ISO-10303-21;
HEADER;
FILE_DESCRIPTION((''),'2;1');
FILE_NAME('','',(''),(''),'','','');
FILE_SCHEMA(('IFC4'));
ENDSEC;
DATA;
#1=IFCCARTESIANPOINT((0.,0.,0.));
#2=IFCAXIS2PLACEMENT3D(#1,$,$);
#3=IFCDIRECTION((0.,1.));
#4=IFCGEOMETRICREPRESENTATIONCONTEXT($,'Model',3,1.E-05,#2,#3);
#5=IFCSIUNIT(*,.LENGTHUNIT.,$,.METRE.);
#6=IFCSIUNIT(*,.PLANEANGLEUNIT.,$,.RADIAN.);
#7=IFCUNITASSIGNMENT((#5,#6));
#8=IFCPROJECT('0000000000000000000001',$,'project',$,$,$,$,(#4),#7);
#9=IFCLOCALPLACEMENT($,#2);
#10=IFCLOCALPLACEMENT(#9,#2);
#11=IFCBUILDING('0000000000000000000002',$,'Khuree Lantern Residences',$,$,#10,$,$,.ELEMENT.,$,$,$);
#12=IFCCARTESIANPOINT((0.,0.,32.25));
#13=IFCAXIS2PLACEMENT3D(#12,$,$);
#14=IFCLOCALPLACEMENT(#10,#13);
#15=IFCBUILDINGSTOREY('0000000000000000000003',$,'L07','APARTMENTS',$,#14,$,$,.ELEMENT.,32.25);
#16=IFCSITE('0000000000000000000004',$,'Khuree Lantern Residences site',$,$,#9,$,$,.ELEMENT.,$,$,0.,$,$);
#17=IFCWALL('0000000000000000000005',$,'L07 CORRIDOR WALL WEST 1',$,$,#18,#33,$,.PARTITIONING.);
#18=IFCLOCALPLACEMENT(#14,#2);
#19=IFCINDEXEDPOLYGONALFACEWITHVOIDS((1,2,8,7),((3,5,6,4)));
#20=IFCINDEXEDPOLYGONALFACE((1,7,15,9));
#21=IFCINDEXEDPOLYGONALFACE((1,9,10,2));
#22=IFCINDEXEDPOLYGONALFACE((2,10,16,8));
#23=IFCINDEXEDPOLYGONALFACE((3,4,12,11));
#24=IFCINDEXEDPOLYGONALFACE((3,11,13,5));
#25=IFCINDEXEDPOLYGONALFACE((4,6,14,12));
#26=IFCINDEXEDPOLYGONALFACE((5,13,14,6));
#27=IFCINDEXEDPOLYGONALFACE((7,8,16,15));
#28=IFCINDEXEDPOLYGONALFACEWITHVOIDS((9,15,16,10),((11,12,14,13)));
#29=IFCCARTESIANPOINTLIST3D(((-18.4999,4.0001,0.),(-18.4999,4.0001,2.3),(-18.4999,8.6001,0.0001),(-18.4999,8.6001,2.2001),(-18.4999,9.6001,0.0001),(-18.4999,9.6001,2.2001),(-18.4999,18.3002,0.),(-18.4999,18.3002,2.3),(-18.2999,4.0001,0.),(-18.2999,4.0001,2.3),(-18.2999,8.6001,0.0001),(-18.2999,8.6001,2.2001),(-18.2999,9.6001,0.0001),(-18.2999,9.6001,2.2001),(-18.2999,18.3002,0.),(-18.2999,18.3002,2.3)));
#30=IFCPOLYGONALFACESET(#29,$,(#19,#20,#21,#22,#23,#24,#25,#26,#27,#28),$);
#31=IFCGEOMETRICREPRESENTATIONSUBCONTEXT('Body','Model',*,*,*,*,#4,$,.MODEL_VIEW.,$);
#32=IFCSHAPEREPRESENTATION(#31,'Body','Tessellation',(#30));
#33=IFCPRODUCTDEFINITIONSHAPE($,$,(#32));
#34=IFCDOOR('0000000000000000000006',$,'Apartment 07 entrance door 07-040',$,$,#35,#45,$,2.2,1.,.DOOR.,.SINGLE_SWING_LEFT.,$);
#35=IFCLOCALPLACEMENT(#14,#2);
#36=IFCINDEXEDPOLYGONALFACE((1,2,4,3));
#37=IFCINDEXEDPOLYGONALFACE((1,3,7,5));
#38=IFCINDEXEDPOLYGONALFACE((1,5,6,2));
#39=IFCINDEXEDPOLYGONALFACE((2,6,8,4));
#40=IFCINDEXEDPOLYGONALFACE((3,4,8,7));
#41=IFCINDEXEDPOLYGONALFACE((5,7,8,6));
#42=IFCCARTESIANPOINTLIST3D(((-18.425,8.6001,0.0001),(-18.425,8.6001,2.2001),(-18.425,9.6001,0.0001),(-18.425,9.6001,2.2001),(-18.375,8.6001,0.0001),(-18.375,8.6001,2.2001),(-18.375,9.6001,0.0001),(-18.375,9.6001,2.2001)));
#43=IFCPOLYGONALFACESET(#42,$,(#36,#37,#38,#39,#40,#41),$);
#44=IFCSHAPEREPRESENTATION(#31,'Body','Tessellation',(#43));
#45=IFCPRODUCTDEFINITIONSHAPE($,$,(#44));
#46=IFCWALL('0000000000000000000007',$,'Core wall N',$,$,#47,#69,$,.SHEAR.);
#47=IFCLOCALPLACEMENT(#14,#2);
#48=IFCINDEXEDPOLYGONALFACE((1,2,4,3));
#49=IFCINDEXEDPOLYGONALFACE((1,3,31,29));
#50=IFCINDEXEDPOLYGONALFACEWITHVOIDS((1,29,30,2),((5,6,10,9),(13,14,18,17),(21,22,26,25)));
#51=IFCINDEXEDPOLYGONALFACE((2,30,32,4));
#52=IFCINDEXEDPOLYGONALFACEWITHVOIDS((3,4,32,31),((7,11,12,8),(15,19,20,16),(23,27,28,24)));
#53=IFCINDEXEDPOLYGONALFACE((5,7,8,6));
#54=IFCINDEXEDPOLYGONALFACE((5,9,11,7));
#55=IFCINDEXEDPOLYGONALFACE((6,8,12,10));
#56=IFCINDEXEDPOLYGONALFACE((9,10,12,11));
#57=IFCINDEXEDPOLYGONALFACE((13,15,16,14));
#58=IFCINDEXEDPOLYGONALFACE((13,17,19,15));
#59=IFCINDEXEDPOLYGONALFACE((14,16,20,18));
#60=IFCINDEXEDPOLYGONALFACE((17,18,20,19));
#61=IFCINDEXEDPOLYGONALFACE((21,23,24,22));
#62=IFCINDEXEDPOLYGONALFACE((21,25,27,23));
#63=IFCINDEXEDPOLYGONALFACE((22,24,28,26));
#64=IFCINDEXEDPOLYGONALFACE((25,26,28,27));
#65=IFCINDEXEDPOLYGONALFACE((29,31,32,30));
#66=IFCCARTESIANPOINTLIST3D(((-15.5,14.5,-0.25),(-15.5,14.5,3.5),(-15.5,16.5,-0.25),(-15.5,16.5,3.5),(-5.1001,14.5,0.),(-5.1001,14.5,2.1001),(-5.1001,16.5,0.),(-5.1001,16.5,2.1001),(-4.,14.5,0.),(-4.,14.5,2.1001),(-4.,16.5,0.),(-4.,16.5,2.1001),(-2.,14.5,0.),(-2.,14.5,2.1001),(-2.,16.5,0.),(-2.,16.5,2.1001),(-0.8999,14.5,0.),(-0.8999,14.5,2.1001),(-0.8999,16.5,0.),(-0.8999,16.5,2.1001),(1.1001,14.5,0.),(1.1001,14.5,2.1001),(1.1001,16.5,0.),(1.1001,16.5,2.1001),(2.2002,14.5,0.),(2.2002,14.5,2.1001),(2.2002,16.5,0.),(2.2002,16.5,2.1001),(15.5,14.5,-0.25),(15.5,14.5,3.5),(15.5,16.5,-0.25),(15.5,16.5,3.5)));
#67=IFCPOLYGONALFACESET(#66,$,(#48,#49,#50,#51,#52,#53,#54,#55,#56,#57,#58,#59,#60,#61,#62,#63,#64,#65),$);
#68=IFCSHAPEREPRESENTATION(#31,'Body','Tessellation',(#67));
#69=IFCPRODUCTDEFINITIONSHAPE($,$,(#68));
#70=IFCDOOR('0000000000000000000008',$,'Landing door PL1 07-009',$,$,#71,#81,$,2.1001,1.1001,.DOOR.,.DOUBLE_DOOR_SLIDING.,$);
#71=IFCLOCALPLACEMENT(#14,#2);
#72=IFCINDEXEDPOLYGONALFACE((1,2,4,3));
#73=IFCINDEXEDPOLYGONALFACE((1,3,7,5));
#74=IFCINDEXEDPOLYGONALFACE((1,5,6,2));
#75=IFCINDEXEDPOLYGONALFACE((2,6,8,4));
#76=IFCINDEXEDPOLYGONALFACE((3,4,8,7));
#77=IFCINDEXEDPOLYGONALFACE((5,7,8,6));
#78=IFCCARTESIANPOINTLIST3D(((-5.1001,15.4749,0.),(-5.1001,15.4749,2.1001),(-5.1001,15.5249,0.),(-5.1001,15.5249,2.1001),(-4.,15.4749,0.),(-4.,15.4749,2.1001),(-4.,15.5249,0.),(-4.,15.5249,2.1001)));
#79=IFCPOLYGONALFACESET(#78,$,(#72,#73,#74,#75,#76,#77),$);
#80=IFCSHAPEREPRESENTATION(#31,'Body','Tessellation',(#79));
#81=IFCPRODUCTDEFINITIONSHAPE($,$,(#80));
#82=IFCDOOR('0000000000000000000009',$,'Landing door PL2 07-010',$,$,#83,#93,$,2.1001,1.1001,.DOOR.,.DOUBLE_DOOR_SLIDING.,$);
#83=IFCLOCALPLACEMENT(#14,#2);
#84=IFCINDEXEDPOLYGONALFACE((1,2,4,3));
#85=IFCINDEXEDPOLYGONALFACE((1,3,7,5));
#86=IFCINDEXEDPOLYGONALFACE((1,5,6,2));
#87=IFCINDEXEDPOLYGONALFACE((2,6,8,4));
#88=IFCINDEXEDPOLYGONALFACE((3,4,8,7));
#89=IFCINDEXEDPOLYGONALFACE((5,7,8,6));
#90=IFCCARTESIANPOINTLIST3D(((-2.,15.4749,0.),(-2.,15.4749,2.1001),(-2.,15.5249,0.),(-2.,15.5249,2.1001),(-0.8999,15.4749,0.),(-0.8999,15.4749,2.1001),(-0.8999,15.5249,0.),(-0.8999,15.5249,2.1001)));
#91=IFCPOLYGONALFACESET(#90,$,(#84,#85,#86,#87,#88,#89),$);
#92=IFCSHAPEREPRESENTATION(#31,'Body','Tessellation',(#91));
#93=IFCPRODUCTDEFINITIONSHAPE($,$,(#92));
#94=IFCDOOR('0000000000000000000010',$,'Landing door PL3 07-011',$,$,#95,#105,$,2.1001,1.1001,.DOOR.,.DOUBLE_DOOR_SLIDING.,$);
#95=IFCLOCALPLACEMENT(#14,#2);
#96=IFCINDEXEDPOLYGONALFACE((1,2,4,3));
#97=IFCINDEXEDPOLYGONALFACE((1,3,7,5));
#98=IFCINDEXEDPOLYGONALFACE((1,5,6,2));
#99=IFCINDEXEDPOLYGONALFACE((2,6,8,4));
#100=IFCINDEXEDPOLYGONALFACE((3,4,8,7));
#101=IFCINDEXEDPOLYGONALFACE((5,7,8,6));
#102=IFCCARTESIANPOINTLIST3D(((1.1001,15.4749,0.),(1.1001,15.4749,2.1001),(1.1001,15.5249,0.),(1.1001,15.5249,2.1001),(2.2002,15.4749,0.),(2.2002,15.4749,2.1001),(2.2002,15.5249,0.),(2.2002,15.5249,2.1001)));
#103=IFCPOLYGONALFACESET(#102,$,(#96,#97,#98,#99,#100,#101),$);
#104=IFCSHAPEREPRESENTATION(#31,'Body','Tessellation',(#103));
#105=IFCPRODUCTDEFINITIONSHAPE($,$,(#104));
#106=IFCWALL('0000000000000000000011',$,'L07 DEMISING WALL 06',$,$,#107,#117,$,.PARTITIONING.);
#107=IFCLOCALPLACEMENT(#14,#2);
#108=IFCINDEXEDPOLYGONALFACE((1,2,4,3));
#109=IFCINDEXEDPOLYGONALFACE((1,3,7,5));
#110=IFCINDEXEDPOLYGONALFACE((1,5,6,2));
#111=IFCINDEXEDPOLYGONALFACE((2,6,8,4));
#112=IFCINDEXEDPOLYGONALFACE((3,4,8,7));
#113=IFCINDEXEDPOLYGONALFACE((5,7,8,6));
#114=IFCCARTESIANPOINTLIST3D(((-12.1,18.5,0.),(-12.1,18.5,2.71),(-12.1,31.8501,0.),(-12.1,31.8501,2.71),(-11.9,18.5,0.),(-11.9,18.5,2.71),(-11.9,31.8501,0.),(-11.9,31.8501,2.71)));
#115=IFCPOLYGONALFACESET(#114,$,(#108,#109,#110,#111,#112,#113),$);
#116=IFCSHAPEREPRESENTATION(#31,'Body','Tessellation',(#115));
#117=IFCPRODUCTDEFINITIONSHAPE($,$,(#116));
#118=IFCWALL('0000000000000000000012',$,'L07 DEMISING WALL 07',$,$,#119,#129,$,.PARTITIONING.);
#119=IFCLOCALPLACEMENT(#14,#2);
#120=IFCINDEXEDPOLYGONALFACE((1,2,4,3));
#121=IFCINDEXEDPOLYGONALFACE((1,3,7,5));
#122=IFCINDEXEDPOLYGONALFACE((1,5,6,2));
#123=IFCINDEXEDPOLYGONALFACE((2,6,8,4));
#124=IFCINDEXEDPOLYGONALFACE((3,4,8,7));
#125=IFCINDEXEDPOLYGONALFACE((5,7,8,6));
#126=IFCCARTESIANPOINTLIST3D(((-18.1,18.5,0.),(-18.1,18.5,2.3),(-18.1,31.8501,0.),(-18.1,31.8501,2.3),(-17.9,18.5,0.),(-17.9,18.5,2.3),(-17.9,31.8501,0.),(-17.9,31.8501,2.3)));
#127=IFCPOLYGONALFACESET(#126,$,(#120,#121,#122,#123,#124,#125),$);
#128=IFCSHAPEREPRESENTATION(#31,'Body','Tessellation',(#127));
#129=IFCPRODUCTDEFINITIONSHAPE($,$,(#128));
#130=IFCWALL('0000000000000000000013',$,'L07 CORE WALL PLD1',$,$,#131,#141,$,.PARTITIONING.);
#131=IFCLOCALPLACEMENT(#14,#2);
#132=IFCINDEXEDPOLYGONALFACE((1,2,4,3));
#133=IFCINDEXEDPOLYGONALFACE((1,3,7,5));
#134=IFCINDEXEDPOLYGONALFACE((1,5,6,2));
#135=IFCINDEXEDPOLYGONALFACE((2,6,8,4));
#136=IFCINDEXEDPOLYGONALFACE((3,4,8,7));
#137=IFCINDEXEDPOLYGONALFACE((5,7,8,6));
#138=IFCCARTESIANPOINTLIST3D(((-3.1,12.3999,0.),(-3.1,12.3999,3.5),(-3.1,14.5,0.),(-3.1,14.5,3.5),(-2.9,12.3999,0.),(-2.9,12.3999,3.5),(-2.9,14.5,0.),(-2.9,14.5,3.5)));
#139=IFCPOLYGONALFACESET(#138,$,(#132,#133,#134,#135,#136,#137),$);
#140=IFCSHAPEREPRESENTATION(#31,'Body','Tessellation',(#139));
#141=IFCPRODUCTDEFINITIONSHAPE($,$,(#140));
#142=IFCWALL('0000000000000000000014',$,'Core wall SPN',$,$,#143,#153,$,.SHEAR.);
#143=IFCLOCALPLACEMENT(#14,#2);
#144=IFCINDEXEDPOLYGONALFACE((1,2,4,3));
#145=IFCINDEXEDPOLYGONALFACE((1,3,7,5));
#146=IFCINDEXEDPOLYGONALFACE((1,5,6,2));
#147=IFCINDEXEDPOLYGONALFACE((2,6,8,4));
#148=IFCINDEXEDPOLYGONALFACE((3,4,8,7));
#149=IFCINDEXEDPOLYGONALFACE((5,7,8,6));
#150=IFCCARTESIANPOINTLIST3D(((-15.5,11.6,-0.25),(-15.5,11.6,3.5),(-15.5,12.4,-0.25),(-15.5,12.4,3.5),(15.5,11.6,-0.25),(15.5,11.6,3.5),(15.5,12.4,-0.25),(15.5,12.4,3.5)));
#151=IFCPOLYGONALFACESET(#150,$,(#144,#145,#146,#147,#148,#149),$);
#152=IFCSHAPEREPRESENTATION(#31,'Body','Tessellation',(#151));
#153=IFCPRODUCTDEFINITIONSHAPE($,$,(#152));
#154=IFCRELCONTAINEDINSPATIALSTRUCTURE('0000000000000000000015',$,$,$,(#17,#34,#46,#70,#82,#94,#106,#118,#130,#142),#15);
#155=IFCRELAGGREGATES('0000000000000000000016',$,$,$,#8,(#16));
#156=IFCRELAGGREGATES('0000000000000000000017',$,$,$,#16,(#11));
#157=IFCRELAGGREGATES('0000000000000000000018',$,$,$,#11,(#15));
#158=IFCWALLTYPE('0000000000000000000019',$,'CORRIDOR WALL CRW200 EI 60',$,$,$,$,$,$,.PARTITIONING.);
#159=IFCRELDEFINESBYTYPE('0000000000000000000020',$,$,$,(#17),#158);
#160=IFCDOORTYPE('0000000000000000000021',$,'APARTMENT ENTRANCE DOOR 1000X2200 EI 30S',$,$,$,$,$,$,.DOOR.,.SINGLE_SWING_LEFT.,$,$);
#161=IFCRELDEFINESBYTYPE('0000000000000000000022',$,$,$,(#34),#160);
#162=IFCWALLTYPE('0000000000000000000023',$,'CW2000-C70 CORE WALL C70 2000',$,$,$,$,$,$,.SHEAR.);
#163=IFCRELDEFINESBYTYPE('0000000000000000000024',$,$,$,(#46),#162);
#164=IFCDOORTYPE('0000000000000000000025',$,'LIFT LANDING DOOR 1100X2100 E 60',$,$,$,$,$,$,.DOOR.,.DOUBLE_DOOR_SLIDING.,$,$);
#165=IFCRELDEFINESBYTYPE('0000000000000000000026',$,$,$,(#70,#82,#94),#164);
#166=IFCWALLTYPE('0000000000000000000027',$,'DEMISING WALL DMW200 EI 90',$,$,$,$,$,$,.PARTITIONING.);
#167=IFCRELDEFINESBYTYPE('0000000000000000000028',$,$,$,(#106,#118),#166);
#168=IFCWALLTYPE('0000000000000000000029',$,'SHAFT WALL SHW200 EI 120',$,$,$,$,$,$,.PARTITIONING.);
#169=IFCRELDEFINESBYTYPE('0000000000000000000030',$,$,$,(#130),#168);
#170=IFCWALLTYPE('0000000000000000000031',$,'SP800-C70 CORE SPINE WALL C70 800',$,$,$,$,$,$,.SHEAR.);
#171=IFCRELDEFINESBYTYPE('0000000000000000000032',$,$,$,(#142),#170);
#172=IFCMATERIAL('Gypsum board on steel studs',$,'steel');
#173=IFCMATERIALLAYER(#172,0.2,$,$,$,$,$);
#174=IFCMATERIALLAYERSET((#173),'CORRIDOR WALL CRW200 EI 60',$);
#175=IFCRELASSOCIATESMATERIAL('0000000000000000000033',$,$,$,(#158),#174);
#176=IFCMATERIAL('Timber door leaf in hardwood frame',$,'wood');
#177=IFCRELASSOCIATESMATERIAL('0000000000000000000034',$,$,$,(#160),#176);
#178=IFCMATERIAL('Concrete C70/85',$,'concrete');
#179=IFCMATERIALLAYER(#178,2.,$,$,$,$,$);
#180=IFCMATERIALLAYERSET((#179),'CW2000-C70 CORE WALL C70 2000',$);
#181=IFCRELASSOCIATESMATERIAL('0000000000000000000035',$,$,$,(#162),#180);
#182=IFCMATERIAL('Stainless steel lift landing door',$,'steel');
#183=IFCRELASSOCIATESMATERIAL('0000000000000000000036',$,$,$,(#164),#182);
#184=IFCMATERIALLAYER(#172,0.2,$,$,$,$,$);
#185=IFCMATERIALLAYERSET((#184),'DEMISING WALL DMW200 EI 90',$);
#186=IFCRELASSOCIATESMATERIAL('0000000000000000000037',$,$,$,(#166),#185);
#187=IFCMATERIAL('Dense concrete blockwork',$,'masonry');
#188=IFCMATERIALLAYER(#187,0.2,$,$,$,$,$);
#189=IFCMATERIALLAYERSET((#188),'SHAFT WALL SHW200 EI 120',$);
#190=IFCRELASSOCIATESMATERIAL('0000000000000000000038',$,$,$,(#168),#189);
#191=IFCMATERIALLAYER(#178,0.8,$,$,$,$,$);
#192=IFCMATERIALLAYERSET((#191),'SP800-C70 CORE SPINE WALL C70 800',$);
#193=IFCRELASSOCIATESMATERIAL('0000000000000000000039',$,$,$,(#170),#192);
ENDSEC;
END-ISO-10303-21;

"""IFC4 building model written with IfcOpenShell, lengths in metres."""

from ifc_helpers import new_model, si_unit, direction, frame, frame_2d, origin, place, context, subcontext, project, spatial, rectangle, extrude, material, layer, layer_set, type_object, element, fill, save


model = new_model("IFC4")

# Units and contexts
model_context = context("Model", 3, precision=1e-05, world=origin(), true_north=direction((0.0, 1.0)))
body_context = subcontext(model_context, "Body", "Model", "MODEL_VIEW")
ifc_project = project(units=[si_unit("LENGTHUNIT", "METRE"), si_unit("PLANEANGLEUNIT", "RADIAN")], contexts=[model_context])

# Site, building, storey
site_placement = place(None, origin())
site = spatial("IfcSite", under=ifc_project, at=site_placement, Name="Khuree Lantern Residences site", CompositionType="ELEMENT", RefElevation=0.0)
building_placement = place(site_placement, origin())
building = spatial("IfcBuilding", under=site, at=building_placement, Name="Khuree Lantern Residences", CompositionType="ELEMENT")
storey_placement = place(building_placement, frame((0.0, 0.0, 32.25)))
storey = spatial("IfcBuildingStorey", under=building, at=storey_placement, Name="L07", Description="APARTMENTS", CompositionType="ELEMENT", Elevation=32.25)

# Shared definitions
ifc_material_1 = material(Name="Concrete C70/85", Category="concrete")

# Shared definitions
ifc_material_2 = material(Name="Dense concrete blockwork", Category="masonry")

# Shared definitions
ifc_material_3 = material(Name="Gypsum board on steel studs", Category="steel")
ifc_layer_1 = layer(ifc_material_3, 0.2)
ifc_layer_set_1 = layer_set([ifc_layer_1], Name="CORRIDOR WALL CRW200 EI 60")
wall_type_1 = type_object("IfcWallType", Name="CORRIDOR WALL CRW200 EI 60", PredefinedType="PARTITIONING", material=ifc_layer_set_1)
ifc_material_4 = material(Name="Timber door leaf in hardwood frame", Category="wood")
door_type_1 = type_object("IfcDoorType", Name="APARTMENT ENTRANCE DOOR 1000X2200 EI 30S", OperationType="SINGLE_SWING_LEFT", PredefinedType="DOOR", material=ifc_material_4)

# Wall, opening, door
wall_1_placement = place(storey_placement, frame((-18.3999, 18.3, 0.0), z_axis=(0.0, 0.0, 1.0), x_axis=(0.0, -1.0, 0.0)))
wall_1 = element("IfcWall", 1, at=wall_1_placement, inside=storey, type_object=wall_type_1, Name="L07 CORRIDOR WALL WEST 1", PredefinedType="PARTITIONING", context=body_context, shape_type="SweptSolid", body=[
    extrude(rectangle(XDim=14.3, YDim=0.2, at=frame_2d((7.1499, 0.0))), origin(), (0.0, 0.0, 1.0), 2.3),
])
opening_1_placement = place(wall_1_placement, frame((8.7, 0.0, 0.0)))
opening_1 = element("IfcOpeningElement", 2, at=opening_1_placement, cuts=wall_1, PredefinedType="OPENING", context=body_context, shape_type="SweptSolid", body=[
    extrude(rectangle(XDim=1.0, YDim=2.2, at=frame_2d((0.5, 1.1001))), frame((0.0, 0.1099, 0.0), z_axis=(0.0, -1.0, 0.0), x_axis=(1.0, 0.0, 0.0)), (0.0, 0.0, 1.0), 0.22),
])
door_1_placement = place(opening_1_placement, origin())
door_1 = element("IfcDoor", 3, at=door_1_placement, inside=storey, type_object=door_type_1, Name="Apartment 07 entrance door 07-040", OperationType="SINGLE_SWING_LEFT", OverallHeight=2.2, OverallWidth=1.0, PredefinedType="DOOR", context=body_context, shape_type="SweptSolid", body=[
    extrude(rectangle(XDim=1.0, YDim=2.2, at=frame_2d((0.5, 1.1001))), frame((0.0, 0.0249, 0.0), z_axis=(0.0, -1.0, 0.0), x_axis=(1.0, 0.0, 0.0)), (0.0, 0.0, 1.0), 0.05),
])
fill(opening_1, door_1)

# Wall, openings, doors
ifc_layer_2 = layer(ifc_material_1, 2.0)
ifc_layer_set_2 = layer_set([ifc_layer_2], Name="CW2000-C70 CORE WALL C70 2000")
wall_type_2 = type_object("IfcWallType", Name="CW2000-C70 CORE WALL C70 2000", PredefinedType="SHEAR", material=ifc_layer_set_2)
wall_2_placement = place(storey_placement, frame((-15.5, 15.5, -0.25), z_axis=(0.0, 0.0, 1.0), x_axis=(1.0, 0.0, 0.0)))
wall_2 = element("IfcWall", 4, at=wall_2_placement, inside=storey, type_object=wall_type_2, Name="Core wall N", PredefinedType="SHEAR", context=body_context, shape_type="SweptSolid", body=[
    extrude(rectangle(XDim=31.0, YDim=2.0, at=frame_2d((15.5, 0.0))), origin(), (0.0, 0.0, 1.0), 3.75),
])
opening_2_placement = place(wall_2_placement, frame((10.3999, 0.0, 0.25)))
opening_2 = element("IfcOpeningElement", 5, at=opening_2_placement, cuts=wall_2, PredefinedType="OPENING", context=body_context, shape_type="SweptSolid", body=[
    extrude(rectangle(XDim=1.1001, YDim=2.1001, at=frame_2d((0.55, 1.05))), frame((0.0, 1.01, 0.0), z_axis=(0.0, -1.0, 0.0), x_axis=(1.0, 0.0, 0.0)), (0.0, 0.0, 1.0), 2.02),
])
opening_3_placement = place(wall_2_placement, frame((13.5, 0.0, 0.25)))
opening_3 = element("IfcOpeningElement", 6, at=opening_3_placement, cuts=wall_2, PredefinedType="OPENING", context=body_context, shape_type="SweptSolid", body=[
    extrude(rectangle(XDim=1.1001, YDim=2.1001, at=frame_2d((0.55, 1.05))), frame((0.0, 1.01, 0.0), z_axis=(0.0, -1.0, 0.0), x_axis=(1.0, 0.0, 0.0)), (0.0, 0.0, 1.0), 2.02),
])
opening_4_placement = place(wall_2_placement, frame((16.6001, 0.0, 0.25)))
opening_4 = element("IfcOpeningElement", 7, at=opening_4_placement, cuts=wall_2, PredefinedType="OPENING", context=body_context, shape_type="SweptSolid", body=[
    extrude(rectangle(XDim=1.1001, YDim=2.1001, at=frame_2d((0.55, 1.05))), frame((0.0, 1.01, 0.0), z_axis=(0.0, -1.0, 0.0), x_axis=(1.0, 0.0, 0.0)), (0.0, 0.0, 1.0), 2.02),
])
ifc_material_5 = material(Name="Stainless steel lift landing door", Category="steel")
door_type_2 = type_object("IfcDoorType", Name="LIFT LANDING DOOR 1100X2100 E 60", OperationType="DOUBLE_DOOR_SLIDING", PredefinedType="DOOR", material=ifc_material_5)
door_2_placement = place(opening_2_placement, origin())
door_2 = element("IfcDoor", 8, at=door_2_placement, inside=storey, type_object=door_type_2, Name="Landing door PL1 07-009", OperationType="DOUBLE_DOOR_SLIDING", OverallHeight=2.1001, OverallWidth=1.1001, PredefinedType="DOOR", context=body_context, shape_type="SweptSolid", body=[
    extrude(rectangle(XDim=1.1001, YDim=2.1001, at=frame_2d((0.55, 1.05))), frame((0.0, 0.0249, 0.0), z_axis=(0.0, -1.0, 0.0), x_axis=(1.0, 0.0, 0.0)), (0.0, 0.0, 1.0), 0.05),
])
fill(opening_2, door_2)
door_3_placement = place(opening_3_placement, origin())
door_3 = element("IfcDoor", 9, at=door_3_placement, inside=storey, type_object=door_type_2, Name="Landing door PL2 07-010", OperationType="DOUBLE_DOOR_SLIDING", OverallHeight=2.1001, OverallWidth=1.1001, PredefinedType="DOOR", context=body_context, shape_type="SweptSolid", body=[
    extrude(rectangle(XDim=1.1001, YDim=2.1001, at=frame_2d((0.55, 1.05))), frame((0.0, 0.0249, 0.0), z_axis=(0.0, -1.0, 0.0), x_axis=(1.0, 0.0, 0.0)), (0.0, 0.0, 1.0), 0.05),
])
fill(opening_3, door_3)
door_4_placement = place(opening_4_placement, origin())
door_4 = element("IfcDoor", 10, at=door_4_placement, inside=storey, type_object=door_type_2, Name="Landing door PL3 07-011", OperationType="DOUBLE_DOOR_SLIDING", OverallHeight=2.1001, OverallWidth=1.1001, PredefinedType="DOOR", context=body_context, shape_type="SweptSolid", body=[
    extrude(rectangle(XDim=1.1001, YDim=2.1001, at=frame_2d((0.55, 1.05))), frame((0.0, 0.0249, 0.0), z_axis=(0.0, -1.0, 0.0), x_axis=(1.0, 0.0, 0.0)), (0.0, 0.0, 1.0), 0.05),
])
fill(opening_4, door_4)

# Walls
ifc_layer_3 = layer(ifc_material_3, 0.2)
ifc_layer_set_3 = layer_set([ifc_layer_3], Name="DEMISING WALL DMW200 EI 90")
wall_type_3 = type_object("IfcWallType", Name="DEMISING WALL DMW200 EI 90", PredefinedType="PARTITIONING", material=ifc_layer_set_3)
wall_3_placement = place(storey_placement, frame((-12.0, 18.5, 0.0), z_axis=(0.0, 0.0, 1.0), x_axis=(0.0, 1.0, 0.0)))
element("IfcWall", 11, at=wall_3_placement, inside=storey, type_object=wall_type_3, Name="L07 DEMISING WALL 06", PredefinedType="PARTITIONING", context=body_context, shape_type="SweptSolid", body=[
    extrude(rectangle(XDim=13.3501, YDim=0.2, at=frame_2d((6.675, 0.0))), origin(), (0.0, 0.0, 1.0), 2.71),
])
wall_4_placement = place(storey_placement, frame((-18.0, 18.5, 0.0), z_axis=(0.0, 0.0, 1.0), x_axis=(0.0, 1.0, 0.0)))
element("IfcWall", 12, at=wall_4_placement, inside=storey, type_object=wall_type_3, Name="L07 DEMISING WALL 07", PredefinedType="PARTITIONING", context=body_context, shape_type="SweptSolid", body=[
    extrude(rectangle(XDim=13.3501, YDim=0.2, at=frame_2d((6.675, 0.0))), origin(), (0.0, 0.0, 1.0), 2.3),
])
ifc_layer_4 = layer(ifc_material_2, 0.2)
ifc_layer_set_4 = layer_set([ifc_layer_4], Name="SHAFT WALL SHW200 EI 120")
wall_type_4 = type_object("IfcWallType", Name="SHAFT WALL SHW200 EI 120", PredefinedType="PARTITIONING", material=ifc_layer_set_4)
wall_5_placement = place(storey_placement, frame((-3.0, 12.3999, 0.0), z_axis=(0.0, 0.0, 1.0), x_axis=(0.0, 1.0, 0.0)))
element("IfcWall", 13, at=wall_5_placement, inside=storey, type_object=wall_type_4, Name="L07 CORE WALL PLD1", PredefinedType="PARTITIONING", context=body_context, shape_type="SweptSolid", body=[
    extrude(rectangle(XDim=2.1001, YDim=0.2, at=frame_2d((1.05, 0.0))), origin(), (0.0, 0.0, 1.0), 3.5),
])
ifc_layer_5 = layer(ifc_material_1, 0.8)
ifc_layer_set_5 = layer_set([ifc_layer_5], Name="SP800-C70 CORE SPINE WALL C70 800")
wall_type_5 = type_object("IfcWallType", Name="SP800-C70 CORE SPINE WALL C70 800", PredefinedType="SHEAR", material=ifc_layer_set_5)
wall_6_placement = place(storey_placement, frame((-15.5, 12.0, -0.25), z_axis=(0.0, 0.0, 1.0), x_axis=(1.0, 0.0, 0.0)))
element("IfcWall", 14, at=wall_6_placement, inside=storey, type_object=wall_type_5, Name="Core wall SPN", PredefinedType="SHEAR", context=body_context, shape_type="SweptSolid", body=[
    extrude(rectangle(XDim=31.0, YDim=0.8, at=frame_2d((15.5, 0.0))), origin(), (0.0, 0.0, 1.0), 3.75),
])

save(model, "model.ifc")
